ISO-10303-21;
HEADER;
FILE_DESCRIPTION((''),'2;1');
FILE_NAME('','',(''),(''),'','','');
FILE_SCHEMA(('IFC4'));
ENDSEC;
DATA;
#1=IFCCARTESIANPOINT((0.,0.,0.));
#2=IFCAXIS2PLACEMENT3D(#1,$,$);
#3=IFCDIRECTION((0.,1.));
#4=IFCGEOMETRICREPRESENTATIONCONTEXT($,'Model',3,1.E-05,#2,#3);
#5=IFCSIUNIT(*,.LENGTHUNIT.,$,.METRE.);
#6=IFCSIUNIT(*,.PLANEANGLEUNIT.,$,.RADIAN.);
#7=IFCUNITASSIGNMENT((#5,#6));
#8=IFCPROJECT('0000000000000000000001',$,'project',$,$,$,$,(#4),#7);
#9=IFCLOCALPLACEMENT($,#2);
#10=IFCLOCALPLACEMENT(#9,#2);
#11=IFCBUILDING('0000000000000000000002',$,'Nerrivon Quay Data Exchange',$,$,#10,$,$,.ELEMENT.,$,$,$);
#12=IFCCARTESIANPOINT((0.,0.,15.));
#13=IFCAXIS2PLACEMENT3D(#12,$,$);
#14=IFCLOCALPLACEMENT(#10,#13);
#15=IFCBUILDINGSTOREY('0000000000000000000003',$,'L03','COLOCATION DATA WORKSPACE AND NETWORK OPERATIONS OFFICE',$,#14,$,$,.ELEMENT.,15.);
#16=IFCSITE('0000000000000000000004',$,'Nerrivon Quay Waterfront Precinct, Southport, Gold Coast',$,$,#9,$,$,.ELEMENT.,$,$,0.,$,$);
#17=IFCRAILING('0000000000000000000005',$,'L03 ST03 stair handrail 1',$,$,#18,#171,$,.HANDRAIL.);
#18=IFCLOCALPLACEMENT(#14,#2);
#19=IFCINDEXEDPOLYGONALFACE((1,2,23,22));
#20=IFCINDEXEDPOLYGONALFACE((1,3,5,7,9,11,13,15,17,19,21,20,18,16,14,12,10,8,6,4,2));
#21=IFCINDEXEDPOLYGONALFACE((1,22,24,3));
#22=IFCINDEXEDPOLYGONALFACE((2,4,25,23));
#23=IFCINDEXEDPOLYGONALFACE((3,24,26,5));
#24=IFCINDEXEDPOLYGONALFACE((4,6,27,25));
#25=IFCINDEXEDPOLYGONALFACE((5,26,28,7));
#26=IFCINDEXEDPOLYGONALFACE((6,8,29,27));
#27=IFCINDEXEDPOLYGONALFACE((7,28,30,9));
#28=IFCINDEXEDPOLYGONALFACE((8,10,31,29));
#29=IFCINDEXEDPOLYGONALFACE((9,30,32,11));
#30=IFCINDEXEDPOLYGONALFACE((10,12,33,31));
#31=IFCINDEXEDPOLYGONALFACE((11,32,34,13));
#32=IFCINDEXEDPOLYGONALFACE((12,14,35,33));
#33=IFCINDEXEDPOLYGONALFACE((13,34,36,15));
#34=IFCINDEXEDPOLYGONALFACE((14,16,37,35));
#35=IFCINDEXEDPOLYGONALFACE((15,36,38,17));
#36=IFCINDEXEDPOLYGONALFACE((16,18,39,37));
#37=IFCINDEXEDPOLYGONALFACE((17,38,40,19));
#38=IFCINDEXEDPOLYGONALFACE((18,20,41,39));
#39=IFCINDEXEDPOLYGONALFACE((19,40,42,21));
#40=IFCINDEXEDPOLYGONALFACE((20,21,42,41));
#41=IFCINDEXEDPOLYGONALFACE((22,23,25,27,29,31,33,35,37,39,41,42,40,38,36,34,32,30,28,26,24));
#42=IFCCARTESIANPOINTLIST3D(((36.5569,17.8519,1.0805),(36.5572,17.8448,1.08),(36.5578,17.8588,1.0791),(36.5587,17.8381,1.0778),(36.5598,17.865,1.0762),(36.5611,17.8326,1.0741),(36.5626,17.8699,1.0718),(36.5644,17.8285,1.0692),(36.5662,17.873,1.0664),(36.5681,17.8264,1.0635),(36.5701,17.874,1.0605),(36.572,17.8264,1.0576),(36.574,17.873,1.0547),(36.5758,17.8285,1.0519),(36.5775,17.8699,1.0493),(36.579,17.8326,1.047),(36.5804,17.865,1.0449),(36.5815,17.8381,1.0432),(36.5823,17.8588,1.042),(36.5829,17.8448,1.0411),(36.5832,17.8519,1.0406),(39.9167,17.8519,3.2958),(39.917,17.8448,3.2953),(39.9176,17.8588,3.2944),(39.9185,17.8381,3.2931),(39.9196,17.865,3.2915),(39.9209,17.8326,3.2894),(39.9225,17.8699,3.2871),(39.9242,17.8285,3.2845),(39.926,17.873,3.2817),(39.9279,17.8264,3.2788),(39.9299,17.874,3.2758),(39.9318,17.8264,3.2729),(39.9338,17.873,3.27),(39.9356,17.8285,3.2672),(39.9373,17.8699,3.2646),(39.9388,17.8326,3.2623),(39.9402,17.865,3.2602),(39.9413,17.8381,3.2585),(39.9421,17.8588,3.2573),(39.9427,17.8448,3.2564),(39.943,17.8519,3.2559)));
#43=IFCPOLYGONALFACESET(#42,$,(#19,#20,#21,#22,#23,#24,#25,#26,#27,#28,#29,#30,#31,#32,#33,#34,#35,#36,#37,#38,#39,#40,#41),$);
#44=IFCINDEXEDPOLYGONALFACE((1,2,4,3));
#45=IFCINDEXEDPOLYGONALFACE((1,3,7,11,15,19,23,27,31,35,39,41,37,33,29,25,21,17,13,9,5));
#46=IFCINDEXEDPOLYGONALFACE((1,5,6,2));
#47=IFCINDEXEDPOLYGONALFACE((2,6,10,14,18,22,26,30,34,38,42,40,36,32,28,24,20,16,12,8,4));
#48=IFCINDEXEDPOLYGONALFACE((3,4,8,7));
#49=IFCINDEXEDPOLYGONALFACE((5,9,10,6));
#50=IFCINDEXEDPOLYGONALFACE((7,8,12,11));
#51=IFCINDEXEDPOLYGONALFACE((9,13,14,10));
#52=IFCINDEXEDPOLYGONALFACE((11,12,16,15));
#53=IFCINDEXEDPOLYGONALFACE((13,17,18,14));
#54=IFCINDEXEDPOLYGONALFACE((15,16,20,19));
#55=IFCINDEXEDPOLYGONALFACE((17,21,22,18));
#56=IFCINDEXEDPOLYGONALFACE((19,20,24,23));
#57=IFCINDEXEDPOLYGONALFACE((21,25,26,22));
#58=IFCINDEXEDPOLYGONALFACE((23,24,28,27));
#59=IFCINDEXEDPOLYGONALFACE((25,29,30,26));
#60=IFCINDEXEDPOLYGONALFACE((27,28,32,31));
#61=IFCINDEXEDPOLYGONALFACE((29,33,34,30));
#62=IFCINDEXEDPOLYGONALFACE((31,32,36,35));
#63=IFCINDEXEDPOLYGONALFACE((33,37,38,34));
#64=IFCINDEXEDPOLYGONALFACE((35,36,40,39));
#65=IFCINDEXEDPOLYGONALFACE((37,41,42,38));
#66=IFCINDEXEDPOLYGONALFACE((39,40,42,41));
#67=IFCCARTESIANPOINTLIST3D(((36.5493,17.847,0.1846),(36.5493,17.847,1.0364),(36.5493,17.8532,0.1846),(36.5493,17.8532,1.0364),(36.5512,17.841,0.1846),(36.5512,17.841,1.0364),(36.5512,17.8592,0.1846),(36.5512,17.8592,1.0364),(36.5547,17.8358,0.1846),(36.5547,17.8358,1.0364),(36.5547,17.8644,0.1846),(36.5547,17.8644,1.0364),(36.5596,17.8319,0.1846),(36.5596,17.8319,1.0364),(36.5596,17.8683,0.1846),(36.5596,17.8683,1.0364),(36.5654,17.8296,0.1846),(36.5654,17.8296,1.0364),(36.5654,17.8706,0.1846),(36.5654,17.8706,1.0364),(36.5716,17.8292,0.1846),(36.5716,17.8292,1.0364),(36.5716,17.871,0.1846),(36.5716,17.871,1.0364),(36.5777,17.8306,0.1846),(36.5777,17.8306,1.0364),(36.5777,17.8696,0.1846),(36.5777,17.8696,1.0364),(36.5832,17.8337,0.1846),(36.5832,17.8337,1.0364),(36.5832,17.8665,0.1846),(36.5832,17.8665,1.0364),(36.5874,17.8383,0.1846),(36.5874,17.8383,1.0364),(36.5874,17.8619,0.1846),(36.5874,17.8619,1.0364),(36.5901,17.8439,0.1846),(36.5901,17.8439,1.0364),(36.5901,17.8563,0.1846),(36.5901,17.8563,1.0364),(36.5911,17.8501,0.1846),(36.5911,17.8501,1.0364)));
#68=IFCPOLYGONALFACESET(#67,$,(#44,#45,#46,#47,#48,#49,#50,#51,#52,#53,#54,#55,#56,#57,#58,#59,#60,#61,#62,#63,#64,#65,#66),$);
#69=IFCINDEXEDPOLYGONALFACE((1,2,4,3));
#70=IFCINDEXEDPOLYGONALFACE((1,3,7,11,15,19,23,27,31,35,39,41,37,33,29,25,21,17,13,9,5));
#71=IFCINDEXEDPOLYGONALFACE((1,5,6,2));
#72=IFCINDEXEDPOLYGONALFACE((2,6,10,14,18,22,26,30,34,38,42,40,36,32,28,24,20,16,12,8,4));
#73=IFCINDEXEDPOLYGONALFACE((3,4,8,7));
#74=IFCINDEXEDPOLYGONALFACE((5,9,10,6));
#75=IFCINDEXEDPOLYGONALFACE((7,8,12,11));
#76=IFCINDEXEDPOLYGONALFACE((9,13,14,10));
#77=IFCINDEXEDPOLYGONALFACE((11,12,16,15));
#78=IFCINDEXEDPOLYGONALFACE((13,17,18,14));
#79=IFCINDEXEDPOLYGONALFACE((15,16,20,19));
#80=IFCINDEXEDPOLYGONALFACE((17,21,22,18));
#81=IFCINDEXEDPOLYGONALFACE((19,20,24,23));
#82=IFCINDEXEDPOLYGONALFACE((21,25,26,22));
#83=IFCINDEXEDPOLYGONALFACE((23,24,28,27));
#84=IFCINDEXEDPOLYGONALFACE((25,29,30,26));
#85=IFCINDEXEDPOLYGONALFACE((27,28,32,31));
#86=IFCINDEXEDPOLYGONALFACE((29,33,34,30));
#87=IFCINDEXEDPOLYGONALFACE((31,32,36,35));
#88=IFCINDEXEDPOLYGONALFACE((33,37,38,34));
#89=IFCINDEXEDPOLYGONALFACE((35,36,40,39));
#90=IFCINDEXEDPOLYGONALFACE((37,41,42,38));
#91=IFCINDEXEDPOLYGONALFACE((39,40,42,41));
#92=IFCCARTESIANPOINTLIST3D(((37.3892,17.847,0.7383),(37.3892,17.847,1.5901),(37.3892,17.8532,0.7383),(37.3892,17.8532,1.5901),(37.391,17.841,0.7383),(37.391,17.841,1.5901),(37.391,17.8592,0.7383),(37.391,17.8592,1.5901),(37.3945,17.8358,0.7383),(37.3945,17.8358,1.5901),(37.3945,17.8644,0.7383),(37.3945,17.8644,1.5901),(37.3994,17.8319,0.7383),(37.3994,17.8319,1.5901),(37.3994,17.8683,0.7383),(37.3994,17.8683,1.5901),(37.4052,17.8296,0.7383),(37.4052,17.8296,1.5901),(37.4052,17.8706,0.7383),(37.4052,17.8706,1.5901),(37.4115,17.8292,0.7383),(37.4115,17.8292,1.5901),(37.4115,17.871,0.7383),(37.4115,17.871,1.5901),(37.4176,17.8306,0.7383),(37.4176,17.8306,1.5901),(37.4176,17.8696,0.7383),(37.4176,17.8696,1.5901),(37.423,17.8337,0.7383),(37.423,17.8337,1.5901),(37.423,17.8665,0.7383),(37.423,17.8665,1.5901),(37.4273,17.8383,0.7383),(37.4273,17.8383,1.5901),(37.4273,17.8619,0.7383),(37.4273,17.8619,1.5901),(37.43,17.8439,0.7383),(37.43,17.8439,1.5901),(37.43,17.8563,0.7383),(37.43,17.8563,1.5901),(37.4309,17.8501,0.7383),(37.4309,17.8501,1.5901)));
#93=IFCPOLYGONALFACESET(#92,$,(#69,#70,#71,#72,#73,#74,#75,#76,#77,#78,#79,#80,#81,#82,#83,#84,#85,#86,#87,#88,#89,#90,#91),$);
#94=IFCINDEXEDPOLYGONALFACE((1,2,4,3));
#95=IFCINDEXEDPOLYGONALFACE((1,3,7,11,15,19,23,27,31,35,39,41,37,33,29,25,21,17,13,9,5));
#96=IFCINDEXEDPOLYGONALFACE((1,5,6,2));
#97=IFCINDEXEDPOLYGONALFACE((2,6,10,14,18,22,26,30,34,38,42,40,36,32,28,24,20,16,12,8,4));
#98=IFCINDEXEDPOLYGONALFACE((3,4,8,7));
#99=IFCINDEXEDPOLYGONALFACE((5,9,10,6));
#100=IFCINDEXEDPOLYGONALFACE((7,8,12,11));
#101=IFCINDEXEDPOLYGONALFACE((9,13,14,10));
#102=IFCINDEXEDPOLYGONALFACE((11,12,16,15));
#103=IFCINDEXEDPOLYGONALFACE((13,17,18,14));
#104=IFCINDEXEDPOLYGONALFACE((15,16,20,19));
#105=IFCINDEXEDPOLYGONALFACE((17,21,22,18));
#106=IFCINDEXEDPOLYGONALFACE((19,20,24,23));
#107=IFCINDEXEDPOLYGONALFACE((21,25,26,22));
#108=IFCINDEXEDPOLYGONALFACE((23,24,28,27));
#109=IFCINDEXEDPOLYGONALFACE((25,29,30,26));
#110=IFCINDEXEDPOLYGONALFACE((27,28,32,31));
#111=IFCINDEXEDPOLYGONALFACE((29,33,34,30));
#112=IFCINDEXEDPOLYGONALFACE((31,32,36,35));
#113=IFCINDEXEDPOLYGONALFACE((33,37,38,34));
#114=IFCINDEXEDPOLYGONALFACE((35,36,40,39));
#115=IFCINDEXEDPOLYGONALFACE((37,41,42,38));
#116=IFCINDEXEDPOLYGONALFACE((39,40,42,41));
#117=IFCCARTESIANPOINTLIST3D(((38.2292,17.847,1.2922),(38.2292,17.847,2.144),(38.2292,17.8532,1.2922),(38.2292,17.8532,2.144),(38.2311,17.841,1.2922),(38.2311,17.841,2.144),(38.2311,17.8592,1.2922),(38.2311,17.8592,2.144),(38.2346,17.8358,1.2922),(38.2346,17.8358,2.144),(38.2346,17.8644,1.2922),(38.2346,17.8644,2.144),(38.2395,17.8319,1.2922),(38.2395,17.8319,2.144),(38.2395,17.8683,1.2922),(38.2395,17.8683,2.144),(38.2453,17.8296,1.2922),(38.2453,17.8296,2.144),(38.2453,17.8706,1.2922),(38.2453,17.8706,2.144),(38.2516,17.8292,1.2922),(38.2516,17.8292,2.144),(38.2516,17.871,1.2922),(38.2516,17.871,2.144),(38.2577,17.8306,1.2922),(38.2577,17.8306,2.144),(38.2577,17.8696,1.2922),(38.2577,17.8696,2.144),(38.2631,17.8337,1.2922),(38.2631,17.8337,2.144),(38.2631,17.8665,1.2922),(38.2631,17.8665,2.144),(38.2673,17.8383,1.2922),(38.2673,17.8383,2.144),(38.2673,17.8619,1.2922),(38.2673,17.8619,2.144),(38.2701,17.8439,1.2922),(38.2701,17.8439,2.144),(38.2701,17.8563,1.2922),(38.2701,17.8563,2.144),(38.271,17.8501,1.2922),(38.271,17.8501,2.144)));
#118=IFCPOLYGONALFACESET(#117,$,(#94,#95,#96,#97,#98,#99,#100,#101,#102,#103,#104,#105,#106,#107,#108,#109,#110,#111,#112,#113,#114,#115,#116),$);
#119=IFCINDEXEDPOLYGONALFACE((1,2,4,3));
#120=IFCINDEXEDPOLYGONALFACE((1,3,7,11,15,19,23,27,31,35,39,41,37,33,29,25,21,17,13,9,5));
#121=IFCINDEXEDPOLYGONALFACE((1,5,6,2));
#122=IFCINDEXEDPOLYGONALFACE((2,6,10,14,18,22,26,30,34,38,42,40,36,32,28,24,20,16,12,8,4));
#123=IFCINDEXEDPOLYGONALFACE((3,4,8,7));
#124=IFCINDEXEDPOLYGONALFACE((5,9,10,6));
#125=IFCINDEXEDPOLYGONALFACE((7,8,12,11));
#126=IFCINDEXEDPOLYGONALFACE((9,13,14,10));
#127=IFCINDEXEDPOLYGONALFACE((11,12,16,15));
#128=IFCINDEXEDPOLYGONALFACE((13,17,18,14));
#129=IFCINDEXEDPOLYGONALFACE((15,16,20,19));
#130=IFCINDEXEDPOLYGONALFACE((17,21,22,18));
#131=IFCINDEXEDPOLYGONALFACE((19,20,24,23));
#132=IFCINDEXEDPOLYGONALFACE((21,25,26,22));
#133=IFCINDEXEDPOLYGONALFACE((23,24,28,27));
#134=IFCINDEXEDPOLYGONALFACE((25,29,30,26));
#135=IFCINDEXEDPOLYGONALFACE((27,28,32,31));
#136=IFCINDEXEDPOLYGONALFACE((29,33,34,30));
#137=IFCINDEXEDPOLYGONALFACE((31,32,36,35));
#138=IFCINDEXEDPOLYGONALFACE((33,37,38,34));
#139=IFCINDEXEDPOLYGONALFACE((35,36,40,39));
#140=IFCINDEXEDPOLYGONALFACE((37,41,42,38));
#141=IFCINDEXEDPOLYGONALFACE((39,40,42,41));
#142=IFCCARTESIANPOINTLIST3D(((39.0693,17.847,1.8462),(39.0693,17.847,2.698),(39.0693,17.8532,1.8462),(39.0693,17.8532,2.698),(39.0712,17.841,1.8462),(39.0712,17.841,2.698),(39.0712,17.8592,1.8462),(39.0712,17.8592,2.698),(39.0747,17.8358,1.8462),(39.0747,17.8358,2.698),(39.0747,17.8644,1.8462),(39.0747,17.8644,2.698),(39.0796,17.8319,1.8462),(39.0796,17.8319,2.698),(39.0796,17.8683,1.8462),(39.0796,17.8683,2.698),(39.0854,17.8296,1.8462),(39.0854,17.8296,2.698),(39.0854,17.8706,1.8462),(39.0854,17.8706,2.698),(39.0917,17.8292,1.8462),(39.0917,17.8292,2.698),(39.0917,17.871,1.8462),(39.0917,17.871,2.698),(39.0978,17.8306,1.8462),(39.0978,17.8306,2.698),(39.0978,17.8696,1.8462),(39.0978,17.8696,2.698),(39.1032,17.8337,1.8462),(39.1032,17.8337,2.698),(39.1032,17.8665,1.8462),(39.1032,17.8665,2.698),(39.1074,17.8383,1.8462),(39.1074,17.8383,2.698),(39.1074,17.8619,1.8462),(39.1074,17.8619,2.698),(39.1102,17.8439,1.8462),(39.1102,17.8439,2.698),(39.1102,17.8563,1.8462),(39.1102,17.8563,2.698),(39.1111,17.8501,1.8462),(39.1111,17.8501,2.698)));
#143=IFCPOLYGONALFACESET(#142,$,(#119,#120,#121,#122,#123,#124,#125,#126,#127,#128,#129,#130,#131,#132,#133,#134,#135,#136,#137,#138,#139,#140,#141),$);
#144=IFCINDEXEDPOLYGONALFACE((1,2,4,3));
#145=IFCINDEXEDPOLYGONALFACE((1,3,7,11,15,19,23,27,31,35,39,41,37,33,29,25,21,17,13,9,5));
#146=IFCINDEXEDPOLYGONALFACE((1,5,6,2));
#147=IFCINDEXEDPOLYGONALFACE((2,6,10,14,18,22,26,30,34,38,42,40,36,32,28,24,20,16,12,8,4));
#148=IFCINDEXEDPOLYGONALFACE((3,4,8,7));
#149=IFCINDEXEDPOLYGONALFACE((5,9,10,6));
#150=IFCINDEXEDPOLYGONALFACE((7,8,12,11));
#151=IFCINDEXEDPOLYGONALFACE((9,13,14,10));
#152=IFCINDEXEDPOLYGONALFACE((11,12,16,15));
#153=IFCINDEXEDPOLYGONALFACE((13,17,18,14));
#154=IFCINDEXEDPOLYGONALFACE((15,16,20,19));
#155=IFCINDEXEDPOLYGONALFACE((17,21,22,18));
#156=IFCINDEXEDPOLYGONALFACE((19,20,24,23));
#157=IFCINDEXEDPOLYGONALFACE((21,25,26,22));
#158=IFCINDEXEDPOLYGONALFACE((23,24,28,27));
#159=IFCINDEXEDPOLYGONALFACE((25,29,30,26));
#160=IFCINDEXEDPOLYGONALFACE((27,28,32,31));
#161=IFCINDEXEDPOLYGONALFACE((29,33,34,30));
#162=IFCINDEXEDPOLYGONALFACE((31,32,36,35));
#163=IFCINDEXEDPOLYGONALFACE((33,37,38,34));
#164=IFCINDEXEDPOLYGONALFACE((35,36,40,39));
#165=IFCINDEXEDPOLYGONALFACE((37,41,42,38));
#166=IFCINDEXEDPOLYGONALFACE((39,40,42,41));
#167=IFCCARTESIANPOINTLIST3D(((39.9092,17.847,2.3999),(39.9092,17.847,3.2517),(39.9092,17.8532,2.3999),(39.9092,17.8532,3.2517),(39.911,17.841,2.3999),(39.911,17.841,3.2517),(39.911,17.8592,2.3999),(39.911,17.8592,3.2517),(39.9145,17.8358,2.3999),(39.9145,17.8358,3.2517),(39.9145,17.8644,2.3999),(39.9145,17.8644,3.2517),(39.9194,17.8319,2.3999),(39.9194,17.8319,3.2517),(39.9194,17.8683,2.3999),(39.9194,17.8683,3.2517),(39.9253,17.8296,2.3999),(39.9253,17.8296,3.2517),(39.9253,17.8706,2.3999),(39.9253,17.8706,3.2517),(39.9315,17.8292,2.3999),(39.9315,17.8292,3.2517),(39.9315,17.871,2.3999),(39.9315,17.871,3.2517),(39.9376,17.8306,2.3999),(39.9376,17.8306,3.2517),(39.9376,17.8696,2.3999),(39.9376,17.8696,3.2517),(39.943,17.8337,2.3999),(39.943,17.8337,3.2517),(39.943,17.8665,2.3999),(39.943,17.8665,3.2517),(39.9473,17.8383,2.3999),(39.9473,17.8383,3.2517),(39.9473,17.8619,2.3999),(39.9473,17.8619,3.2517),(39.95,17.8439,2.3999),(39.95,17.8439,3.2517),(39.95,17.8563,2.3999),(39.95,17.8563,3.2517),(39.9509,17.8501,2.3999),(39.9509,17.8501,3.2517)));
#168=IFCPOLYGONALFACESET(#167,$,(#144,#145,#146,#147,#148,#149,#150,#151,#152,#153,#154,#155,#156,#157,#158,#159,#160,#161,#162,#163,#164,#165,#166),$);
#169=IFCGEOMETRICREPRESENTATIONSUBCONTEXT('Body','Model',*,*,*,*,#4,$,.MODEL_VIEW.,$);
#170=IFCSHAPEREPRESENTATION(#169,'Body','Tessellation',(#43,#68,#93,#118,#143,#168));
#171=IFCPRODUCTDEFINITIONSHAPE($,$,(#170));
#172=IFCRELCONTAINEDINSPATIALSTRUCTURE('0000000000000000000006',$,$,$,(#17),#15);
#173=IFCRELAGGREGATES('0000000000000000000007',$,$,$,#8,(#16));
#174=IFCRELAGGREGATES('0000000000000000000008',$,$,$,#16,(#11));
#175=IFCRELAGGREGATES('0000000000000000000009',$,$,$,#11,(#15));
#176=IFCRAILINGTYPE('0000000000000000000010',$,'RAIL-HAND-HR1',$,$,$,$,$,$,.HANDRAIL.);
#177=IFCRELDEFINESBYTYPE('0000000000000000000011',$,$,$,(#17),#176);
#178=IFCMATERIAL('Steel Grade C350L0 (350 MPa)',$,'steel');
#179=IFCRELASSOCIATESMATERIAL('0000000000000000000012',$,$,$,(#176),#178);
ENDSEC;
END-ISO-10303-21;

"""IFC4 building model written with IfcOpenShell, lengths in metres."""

from ifc_helpers import new_model, si_unit, direction, frame, origin, origin_2d, place, context, subcontext, project, spatial, circle, extrude, material, type_object, element, save


model = new_model("IFC4")

# Units and contexts
model_context = context("Model", 3, precision=1e-05, world=origin(), true_north=direction((0.0, 1.0)))
body_context = subcontext(model_context, "Body", "Model", "MODEL_VIEW")
ifc_project = project(units=[si_unit("LENGTHUNIT", "METRE"), si_unit("PLANEANGLEUNIT", "RADIAN")], contexts=[model_context])

# Site, building, storey
site_placement = place(None, origin())
site = spatial("IfcSite", under=ifc_project, at=site_placement, Name="Nerrivon Quay Waterfront Precinct, Southport, Gold Coast", CompositionType="ELEMENT", RefElevation=0.0)
building_placement = place(site_placement, origin())
building = spatial("IfcBuilding", under=site, at=building_placement, Name="Nerrivon Quay Data Exchange", CompositionType="ELEMENT")
storey_placement = place(building_placement, frame((0.0, 0.0, 15.0)))
storey = spatial("IfcBuildingStorey", under=building, at=storey_placement, Name="L03", Description="COLOCATION DATA WORKSPACE AND NETWORK OPERATIONS OFFICE", CompositionType="ELEMENT", Elevation=15.0)

# Railing
ifc_material_1 = material(Name="Steel Grade C350L0 (350 MPa)", Category="steel")
railing_type_1 = type_object("IfcRailingType", Name="RAIL-HAND-HR1", PredefinedType="HANDRAIL", material=ifc_material_1)
railing_1_placement = place(storey_placement, frame((36.5701, 17.8501, 0.1846)))
element("IfcRailing", 1, at=railing_1_placement, inside=storey, type_object=railing_type_1, Name="L03 ST03 stair handrail 1", PredefinedType="HANDRAIL", context=body_context, shape_type="SweptSolid", body=[
    extrude(circle(Radius=0.0239, at=origin_2d()), frame((0.0, 0.0, 0.876), z_axis=(0.834858, 0.0, 0.550465), x_axis=(0.0, 1.0, 0.0)), (0.0, 0.0, 1.0), 4.0244),
    extrude(circle(Radius=0.021, at=origin_2d()), origin(), (0.0, 0.0, 1.0), 0.8518),
    extrude(circle(Radius=0.021, at=origin_2d()), frame((0.8398, 0.0, 0.5537)), (0.0, 0.0, 1.0), 0.8518),
    extrude(circle(Radius=0.021, at=origin_2d()), frame((1.6799, 0.0, 1.1077)), (0.0, 0.0, 1.0), 0.8518),
    extrude(circle(Radius=0.021, at=origin_2d()), frame((2.52, 0.0, 1.6616)), (0.0, 0.0, 1.0), 0.8518),
    extrude(circle(Radius=0.021, at=origin_2d()), frame((3.3599, 0.0, 2.2153)), (0.0, 0.0, 1.0), 0.8518),
])

save(model, "model.ifc")
